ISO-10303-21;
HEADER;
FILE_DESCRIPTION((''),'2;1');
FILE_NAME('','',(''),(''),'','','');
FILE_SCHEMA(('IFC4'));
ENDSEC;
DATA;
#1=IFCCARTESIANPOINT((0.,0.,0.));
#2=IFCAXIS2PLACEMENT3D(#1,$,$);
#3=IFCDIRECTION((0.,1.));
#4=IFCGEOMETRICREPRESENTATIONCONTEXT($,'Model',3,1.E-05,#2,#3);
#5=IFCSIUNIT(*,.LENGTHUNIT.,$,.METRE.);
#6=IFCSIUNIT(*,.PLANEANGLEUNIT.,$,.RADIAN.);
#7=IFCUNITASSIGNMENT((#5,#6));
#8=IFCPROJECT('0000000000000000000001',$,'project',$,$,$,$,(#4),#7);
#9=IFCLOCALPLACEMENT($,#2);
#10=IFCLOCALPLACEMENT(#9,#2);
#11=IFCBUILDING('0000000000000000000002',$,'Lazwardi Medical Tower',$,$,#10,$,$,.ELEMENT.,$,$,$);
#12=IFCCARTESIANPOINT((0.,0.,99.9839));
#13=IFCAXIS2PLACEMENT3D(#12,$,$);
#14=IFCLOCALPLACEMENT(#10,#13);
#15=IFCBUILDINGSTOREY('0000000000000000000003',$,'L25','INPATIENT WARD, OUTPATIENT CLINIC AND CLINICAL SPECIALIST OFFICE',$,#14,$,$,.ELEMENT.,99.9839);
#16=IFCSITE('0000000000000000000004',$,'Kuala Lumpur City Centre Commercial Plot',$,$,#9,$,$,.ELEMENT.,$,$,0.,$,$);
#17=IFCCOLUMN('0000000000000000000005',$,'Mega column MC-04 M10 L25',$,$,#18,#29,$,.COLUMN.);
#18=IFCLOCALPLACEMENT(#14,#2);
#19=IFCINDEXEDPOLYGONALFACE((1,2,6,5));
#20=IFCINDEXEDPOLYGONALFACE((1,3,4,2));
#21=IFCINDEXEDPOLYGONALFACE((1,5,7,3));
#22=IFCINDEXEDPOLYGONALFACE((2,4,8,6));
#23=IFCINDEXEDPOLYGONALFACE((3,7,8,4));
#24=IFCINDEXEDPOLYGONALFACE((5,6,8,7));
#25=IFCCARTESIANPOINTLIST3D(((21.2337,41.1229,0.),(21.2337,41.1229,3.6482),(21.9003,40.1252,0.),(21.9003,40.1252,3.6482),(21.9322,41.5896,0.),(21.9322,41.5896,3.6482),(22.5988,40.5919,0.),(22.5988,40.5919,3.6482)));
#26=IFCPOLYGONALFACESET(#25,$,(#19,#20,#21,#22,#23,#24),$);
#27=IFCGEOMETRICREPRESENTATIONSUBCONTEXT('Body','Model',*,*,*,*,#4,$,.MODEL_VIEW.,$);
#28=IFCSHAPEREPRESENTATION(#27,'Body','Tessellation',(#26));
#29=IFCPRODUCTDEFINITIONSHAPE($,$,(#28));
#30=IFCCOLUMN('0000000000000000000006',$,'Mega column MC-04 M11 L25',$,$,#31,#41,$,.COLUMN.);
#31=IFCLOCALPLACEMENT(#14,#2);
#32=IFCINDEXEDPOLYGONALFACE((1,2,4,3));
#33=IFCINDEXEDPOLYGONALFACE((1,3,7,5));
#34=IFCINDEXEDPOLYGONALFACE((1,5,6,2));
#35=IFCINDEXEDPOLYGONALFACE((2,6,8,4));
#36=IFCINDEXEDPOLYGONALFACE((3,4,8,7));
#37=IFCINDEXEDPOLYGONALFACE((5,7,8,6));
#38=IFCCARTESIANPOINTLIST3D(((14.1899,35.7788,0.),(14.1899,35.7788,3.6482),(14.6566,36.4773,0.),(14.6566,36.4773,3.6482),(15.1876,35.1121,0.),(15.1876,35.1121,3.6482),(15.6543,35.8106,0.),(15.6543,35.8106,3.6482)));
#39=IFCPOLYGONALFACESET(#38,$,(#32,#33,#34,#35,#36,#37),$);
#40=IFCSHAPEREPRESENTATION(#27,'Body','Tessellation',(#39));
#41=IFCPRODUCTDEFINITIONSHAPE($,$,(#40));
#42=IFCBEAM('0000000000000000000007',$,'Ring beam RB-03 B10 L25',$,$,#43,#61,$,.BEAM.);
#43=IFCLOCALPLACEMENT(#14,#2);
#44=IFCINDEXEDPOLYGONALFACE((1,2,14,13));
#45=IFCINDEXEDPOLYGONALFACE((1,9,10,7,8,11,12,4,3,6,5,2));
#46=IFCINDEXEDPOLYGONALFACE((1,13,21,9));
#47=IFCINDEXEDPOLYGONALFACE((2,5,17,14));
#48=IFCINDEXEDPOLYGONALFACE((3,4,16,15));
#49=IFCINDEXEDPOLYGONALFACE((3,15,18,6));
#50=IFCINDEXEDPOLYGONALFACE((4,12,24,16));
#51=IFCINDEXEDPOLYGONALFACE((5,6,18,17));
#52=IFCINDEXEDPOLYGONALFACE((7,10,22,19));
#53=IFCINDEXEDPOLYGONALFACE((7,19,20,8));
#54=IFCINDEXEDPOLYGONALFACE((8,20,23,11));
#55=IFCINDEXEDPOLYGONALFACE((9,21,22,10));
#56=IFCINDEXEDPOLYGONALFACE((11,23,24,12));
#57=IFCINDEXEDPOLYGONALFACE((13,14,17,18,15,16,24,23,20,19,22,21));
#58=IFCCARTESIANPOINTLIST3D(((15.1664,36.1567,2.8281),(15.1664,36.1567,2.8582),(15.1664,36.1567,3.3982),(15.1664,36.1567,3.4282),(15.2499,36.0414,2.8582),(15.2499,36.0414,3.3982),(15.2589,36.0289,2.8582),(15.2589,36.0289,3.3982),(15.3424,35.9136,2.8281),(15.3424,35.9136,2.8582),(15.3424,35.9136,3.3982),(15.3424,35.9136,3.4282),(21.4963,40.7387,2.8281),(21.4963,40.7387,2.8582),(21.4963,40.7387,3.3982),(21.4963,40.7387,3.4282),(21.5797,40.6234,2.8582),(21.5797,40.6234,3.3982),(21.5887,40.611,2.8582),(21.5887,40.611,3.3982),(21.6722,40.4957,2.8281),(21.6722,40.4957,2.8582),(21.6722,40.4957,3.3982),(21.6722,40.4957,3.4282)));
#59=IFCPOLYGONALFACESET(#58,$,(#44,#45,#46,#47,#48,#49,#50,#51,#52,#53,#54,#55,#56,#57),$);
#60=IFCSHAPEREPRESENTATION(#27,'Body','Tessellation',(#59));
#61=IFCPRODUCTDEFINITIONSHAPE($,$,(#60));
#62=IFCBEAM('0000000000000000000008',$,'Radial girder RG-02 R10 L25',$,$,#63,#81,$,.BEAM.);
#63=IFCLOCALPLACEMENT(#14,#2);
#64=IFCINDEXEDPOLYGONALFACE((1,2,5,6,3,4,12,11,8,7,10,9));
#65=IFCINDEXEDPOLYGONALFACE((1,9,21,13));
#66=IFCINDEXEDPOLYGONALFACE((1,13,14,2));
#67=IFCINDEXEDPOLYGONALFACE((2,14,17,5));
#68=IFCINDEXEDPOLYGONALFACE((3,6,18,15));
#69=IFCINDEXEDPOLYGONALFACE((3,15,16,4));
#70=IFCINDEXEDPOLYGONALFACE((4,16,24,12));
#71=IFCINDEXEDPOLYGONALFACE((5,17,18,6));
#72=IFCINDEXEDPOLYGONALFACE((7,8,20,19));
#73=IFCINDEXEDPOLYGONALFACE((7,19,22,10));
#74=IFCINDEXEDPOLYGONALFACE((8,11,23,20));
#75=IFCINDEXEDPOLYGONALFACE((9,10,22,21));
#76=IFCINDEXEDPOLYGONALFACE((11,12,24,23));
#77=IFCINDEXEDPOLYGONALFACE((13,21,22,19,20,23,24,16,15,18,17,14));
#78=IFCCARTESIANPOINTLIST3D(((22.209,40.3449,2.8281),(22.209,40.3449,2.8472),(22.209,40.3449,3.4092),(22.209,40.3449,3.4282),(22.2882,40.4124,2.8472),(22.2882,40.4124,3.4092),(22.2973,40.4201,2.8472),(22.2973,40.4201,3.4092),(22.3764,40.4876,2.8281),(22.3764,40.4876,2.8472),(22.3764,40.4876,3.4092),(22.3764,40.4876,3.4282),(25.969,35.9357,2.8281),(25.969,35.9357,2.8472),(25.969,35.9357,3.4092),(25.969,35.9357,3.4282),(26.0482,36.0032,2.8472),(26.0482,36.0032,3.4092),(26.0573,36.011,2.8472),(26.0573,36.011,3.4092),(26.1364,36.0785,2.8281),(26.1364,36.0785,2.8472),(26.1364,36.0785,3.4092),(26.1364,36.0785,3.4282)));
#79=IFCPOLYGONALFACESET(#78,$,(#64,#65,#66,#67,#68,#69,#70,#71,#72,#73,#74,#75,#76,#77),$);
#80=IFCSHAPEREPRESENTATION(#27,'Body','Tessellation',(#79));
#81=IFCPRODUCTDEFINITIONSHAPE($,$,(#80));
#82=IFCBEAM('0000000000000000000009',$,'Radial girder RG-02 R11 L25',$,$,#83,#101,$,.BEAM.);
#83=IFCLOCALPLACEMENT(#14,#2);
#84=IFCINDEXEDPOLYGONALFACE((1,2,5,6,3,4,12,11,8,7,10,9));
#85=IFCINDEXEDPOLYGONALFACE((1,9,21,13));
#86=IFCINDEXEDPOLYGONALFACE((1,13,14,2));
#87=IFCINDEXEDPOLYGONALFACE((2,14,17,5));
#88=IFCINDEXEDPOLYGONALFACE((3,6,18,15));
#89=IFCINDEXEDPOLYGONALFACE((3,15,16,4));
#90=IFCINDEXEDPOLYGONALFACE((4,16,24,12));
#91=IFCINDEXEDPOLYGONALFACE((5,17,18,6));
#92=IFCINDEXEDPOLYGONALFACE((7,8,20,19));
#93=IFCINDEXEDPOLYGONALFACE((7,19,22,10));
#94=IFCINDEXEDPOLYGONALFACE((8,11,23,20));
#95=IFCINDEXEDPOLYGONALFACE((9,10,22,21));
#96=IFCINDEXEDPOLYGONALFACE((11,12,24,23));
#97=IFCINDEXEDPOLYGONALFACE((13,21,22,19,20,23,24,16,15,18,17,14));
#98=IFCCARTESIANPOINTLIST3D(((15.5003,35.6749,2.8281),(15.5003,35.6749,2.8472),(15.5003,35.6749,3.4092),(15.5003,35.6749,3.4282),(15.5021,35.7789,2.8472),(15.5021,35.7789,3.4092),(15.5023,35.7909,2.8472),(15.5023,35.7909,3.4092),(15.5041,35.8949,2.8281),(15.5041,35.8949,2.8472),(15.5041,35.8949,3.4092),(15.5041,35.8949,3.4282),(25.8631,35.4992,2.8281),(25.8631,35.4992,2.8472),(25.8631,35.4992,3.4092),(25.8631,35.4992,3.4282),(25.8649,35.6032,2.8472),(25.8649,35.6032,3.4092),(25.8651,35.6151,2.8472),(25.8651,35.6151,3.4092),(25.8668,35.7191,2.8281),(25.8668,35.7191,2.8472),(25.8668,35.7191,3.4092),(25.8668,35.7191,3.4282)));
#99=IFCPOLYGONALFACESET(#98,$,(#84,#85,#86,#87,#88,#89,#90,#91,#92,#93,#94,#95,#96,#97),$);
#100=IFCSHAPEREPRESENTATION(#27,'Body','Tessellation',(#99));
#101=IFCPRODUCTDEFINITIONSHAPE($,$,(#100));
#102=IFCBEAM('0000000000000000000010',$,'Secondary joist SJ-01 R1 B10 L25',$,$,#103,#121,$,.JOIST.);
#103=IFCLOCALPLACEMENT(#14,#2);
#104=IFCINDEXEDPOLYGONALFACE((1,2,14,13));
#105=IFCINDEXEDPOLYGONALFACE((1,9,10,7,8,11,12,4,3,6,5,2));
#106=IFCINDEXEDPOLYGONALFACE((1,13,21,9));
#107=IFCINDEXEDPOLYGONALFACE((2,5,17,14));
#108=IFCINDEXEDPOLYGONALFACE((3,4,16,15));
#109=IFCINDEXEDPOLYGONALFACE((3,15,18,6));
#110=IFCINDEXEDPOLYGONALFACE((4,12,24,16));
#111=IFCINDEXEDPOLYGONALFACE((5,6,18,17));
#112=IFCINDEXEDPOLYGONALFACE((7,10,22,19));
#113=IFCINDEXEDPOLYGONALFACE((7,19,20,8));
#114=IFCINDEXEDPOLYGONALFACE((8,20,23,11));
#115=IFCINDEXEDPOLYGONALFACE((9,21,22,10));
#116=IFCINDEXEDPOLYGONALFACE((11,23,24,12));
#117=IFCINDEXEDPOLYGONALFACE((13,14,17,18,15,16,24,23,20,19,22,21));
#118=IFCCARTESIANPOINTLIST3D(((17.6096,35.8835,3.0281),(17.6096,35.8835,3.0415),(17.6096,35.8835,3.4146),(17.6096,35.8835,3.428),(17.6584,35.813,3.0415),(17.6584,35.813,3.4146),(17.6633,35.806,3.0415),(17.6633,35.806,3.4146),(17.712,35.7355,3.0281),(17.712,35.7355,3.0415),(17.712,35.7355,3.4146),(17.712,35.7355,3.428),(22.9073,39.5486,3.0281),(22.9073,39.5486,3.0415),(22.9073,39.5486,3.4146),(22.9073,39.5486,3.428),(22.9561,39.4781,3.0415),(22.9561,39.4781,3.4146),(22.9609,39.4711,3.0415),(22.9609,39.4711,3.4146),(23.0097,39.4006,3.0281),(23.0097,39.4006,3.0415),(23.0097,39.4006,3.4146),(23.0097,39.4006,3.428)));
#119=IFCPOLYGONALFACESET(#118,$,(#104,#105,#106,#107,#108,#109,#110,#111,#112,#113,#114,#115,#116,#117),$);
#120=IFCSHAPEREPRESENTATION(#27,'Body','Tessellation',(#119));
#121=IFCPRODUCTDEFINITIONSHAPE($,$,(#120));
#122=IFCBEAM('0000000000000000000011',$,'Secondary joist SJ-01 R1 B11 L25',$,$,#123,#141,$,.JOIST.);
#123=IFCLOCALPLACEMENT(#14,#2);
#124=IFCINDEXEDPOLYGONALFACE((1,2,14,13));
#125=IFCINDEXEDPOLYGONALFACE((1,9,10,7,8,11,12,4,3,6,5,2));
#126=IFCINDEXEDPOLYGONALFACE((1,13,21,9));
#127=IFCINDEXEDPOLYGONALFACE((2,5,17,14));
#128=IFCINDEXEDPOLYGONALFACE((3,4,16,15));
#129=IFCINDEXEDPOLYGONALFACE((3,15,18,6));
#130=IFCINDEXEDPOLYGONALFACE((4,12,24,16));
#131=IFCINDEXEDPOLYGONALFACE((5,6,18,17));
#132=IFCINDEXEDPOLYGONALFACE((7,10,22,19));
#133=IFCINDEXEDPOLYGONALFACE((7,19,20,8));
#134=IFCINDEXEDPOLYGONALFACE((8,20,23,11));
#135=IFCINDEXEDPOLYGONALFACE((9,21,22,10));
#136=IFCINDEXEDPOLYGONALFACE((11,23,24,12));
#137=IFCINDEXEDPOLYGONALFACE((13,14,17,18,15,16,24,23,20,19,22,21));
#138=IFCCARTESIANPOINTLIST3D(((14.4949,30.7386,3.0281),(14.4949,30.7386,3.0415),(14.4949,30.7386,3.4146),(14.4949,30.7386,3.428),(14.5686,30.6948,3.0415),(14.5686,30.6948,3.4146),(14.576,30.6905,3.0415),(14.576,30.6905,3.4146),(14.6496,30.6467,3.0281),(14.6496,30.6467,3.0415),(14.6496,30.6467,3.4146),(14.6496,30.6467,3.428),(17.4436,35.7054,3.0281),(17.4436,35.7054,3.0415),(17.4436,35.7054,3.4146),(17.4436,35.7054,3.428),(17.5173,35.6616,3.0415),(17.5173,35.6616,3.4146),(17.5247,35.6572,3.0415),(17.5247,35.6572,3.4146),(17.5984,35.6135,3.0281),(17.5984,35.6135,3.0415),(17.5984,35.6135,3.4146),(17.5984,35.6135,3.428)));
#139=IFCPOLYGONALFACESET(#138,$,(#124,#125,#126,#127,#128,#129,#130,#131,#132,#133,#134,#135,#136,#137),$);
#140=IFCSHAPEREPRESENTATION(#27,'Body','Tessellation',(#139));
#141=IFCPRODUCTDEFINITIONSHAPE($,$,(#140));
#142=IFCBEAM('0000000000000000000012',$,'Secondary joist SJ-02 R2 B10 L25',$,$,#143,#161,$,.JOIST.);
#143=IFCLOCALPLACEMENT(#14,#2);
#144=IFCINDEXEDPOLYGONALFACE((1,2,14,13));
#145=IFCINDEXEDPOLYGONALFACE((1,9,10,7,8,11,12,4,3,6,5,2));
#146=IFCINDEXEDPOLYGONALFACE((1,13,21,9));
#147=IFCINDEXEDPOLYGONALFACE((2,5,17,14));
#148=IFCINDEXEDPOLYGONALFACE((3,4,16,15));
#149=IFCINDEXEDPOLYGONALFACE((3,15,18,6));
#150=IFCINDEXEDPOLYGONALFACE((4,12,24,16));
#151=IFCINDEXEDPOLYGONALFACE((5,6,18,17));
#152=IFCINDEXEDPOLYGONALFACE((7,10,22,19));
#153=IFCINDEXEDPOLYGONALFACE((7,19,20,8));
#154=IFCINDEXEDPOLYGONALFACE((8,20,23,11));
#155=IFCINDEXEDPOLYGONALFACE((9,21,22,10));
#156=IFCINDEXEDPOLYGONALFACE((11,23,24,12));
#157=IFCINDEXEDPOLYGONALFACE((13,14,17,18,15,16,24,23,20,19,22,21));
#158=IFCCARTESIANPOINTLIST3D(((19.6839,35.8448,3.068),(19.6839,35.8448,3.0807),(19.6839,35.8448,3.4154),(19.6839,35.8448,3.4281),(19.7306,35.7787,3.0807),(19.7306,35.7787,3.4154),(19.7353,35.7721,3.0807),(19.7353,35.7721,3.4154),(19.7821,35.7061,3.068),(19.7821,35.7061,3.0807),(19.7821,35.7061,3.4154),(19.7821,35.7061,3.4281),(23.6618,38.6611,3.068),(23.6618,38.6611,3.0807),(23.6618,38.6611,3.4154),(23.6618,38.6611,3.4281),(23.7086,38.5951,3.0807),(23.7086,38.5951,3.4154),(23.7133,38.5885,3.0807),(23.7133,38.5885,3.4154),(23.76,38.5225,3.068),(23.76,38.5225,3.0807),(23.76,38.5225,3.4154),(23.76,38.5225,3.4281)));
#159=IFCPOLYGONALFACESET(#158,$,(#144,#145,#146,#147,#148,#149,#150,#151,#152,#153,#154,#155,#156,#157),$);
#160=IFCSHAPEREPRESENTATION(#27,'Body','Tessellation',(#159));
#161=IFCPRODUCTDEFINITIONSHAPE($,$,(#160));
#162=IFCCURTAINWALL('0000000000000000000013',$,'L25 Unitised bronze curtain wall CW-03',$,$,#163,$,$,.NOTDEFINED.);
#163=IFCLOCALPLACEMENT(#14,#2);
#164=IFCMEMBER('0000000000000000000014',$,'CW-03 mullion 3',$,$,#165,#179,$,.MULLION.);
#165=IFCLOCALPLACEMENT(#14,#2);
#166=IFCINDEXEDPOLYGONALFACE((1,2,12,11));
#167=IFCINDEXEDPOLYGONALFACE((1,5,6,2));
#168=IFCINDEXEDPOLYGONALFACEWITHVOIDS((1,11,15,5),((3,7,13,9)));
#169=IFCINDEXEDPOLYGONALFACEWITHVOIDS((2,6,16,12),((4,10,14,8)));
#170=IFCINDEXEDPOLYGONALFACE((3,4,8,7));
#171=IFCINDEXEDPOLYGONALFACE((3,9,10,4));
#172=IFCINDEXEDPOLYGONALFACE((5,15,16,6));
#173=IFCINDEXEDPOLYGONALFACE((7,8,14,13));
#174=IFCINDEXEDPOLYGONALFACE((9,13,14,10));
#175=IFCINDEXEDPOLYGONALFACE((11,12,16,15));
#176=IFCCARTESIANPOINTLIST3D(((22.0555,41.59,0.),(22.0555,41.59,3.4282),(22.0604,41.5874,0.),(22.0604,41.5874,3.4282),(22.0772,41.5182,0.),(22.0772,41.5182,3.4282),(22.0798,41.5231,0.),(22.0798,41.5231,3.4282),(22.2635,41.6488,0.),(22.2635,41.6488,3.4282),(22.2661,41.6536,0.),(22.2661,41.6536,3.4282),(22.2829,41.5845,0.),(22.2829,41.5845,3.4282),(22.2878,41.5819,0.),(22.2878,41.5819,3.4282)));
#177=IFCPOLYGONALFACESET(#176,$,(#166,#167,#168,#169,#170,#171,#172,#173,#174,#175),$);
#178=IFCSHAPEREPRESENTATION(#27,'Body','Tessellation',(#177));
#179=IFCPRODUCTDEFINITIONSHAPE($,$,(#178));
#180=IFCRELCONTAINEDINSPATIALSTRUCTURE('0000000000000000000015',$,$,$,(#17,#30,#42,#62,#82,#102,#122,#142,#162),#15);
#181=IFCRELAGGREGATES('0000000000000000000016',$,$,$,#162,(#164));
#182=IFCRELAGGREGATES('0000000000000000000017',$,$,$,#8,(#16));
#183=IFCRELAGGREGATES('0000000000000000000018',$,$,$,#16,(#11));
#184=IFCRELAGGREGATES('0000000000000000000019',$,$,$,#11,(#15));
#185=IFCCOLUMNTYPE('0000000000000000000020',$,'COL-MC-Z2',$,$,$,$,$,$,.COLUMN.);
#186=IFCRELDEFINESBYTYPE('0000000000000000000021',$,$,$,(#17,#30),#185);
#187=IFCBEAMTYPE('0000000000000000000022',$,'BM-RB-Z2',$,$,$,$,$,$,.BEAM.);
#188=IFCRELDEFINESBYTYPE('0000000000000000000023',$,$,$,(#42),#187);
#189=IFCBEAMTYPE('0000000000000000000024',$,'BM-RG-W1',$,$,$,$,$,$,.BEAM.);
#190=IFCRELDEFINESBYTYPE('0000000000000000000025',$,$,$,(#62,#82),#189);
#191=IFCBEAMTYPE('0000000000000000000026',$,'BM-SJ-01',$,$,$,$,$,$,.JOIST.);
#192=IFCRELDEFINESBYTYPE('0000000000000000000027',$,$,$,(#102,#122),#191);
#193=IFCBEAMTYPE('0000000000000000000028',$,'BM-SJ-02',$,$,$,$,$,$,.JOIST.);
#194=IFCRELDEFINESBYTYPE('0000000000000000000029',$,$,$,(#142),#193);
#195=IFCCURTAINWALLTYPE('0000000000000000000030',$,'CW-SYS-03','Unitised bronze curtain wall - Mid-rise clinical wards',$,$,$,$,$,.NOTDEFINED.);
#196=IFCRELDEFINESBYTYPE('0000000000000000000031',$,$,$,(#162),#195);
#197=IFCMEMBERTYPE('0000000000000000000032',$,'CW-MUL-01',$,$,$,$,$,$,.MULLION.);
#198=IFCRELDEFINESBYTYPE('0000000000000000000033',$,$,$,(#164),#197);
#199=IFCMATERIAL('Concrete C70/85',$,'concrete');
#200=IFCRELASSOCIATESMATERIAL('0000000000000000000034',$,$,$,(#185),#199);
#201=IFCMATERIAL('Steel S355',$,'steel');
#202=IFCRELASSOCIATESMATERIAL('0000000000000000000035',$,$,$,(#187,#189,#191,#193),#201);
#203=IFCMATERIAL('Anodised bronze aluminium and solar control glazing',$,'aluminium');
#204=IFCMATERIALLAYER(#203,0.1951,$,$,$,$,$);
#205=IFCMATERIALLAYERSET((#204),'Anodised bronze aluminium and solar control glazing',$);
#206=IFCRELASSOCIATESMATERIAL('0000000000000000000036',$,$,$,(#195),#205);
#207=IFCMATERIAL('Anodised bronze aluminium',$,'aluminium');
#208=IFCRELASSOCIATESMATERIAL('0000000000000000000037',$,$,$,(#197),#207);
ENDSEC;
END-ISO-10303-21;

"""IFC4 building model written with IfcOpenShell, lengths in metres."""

from ifc_helpers import new_model, si_unit, direction, frame, origin, origin_2d, place, context, subcontext, project, spatial, rectangle, hollow_rectangle, i_section, extrude, material, layer, layer_set, material_profile, profile_set, type_object, element, aggregate, save


model = new_model("IFC4")

# Units and contexts
model_context = context("Model", 3, precision=1e-05, world=origin(), true_north=direction((0.0, 1.0)))
body_context = subcontext(model_context, "Body", "Model", "MODEL_VIEW")
ifc_project = project(units=[si_unit("LENGTHUNIT", "METRE"), si_unit("PLANEANGLEUNIT", "RADIAN")], contexts=[model_context])

# Site, building, storey
site_placement = place(None, origin())
site = spatial("IfcSite", under=ifc_project, at=site_placement, Name="Kuala Lumpur City Centre Commercial Plot", CompositionType="ELEMENT", RefElevation=0.0)
building_placement = place(site_placement, origin())
building = spatial("IfcBuilding", under=site, at=building_placement, Name="Lazwardi Medical Tower", CompositionType="ELEMENT")
storey_placement = place(building_placement, frame((0.0, 0.0, 99.9839)))
storey = spatial("IfcBuildingStorey", under=building, at=storey_placement, Name="L25", Description="INPATIENT WARD, OUTPATIENT CLINIC AND CLINICAL SPECIALIST OFFICE", CompositionType="ELEMENT", Elevation=99.9839)

# Columns
ifc_material_1 = material(Name="Concrete C70/85", Category="concrete")
ifc_material_profile_1 = material_profile(ifc_material_1, rectangle(XDim=1.2, YDim=0.8401, at=origin_2d()), Name="CFT-RECT 1200x840")
ifc_profile_set_1 = profile_set([ifc_material_profile_1], Name="Concrete C70/85")
column_type = type_object("IfcColumnType", Name="COL-MC-Z2", PredefinedType="COLUMN", material=ifc_profile_set_1)
for number, where, z_axis, x_axis, name in (
    (1, (21.9163, 40.8574, 0.0), (0.0, 0.0, 1.0), (-0.55557, 0.83147, 0.0), "Mega column MC-04 M10 L25"),
    (2, (14.9221, 35.7947, 0.0), (0.0, 0.0, 1.0), (-0.83147, 0.55557, 0.0), "Mega column MC-04 M11 L25"),
):
    element("IfcColumn", number, at=place(storey_placement, frame(where, z_axis=z_axis, x_axis=x_axis)), inside=storey, type_object=column_type, Name=name, PredefinedType="COLUMN", context=body_context, shape_type="SweptSolid", body=[
        extrude(rectangle(XDim=1.2, YDim=0.8401, at=origin_2d()), origin(), (0.0, 0.0, 1.0), 3.6482),
    ])

# Beams
ifc_material_2 = material(Name="Steel S355", Category="steel")
ifc_material_profile_2 = material_profile(ifc_material_2, i_section(OverallWidth=0.3, OverallDepth=0.6001, WebThickness=0.0154, FlangeThickness=0.03, at=origin_2d()), Name="HEB 600")
ifc_profile_set_2 = profile_set([ifc_material_profile_2], Name="Steel S355")
beam_type_1 = type_object("IfcBeamType", Name="BM-RB-Z2", PredefinedType="BEAM", material=ifc_profile_set_2)
beam_1_placement = place(storey_placement, frame((21.5842, 40.6172, 3.1282), z_axis=(-0.810042, -0.586372, 0.0), x_axis=(0.586372, -0.810042, 0.0)))
element("IfcBeam", 3, at=beam_1_placement, inside=storey, type_object=beam_type_1, Name="Ring beam RB-03 B10 L25", PredefinedType="BEAM", context=body_context, shape_type="SweptSolid", body=[
    extrude(i_section(OverallWidth=0.3, OverallDepth=0.6001, WebThickness=0.0154, FlangeThickness=0.03, at=origin_2d()), origin(), (0.0, 0.0, 1.0), 7.8142),
])
ifc_material_profile_3 = material_profile(ifc_material_2, i_section(OverallWidth=0.22, OverallDepth=0.6001, WebThickness=0.012, FlangeThickness=0.019, at=origin_2d()), Name="IPE 600")
ifc_profile_set_3 = profile_set([ifc_material_profile_3], Name="Steel S355")
beam_type_2 = type_object("IfcBeamType", Name="BM-RG-W1", PredefinedType="BEAM", material=ifc_profile_set_3)
beam_2_placement = place(storey_placement, frame((22.2927, 40.4163, 3.1282), z_axis=(0.648871, -0.760899, 0.0), x_axis=(0.760899, 0.648871, 0.0)))
element("IfcBeam", 4, at=beam_2_placement, inside=storey, type_object=beam_type_2, Name="Radial girder RG-02 R10 L25", PredefinedType="BEAM", context=body_context, shape_type="SweptSolid", body=[
    extrude(i_section(OverallWidth=0.22, OverallDepth=0.6001, WebThickness=0.012, FlangeThickness=0.019, at=origin_2d()), origin(), (0.0, 0.0, 1.0), 5.7947),
])
beam_3_placement = place(storey_placement, frame((15.5022, 35.7849, 3.1282), z_axis=(0.999856, -0.01696, 0.0), x_axis=(0.01696, 0.999856, 0.0)))
element("IfcBeam", 5, at=beam_3_placement, inside=storey, type_object=beam_type_2, Name="Radial girder RG-02 R11 L25", PredefinedType="BEAM", context=body_context, shape_type="SweptSolid", body=[
    extrude(i_section(OverallWidth=0.22, OverallDepth=0.6001, WebThickness=0.012, FlangeThickness=0.019, at=origin_2d()), origin(), (0.0, 0.0, 1.0), 10.3643),
])
ifc_material_profile_4 = material_profile(ifc_material_2, i_section(OverallWidth=0.1799, OverallDepth=0.3999, WebThickness=0.0085, FlangeThickness=0.0134, at=origin_2d()), Name="IPE 400")
ifc_profile_set_4 = profile_set([ifc_material_profile_4], Name="Steel S355")
beam_type_3 = type_object("IfcBeamType", Name="BM-SJ-01", PredefinedType="JOIST", material=ifc_profile_set_4)
beam_4_placement = place(storey_placement, frame((22.9585, 39.4746, 3.228), z_axis=(-0.822376, -0.568944, 0.0), x_axis=(0.568944, -0.822376, 0.0)))
element("IfcBeam", 6, at=beam_4_placement, inside=storey, type_object=beam_type_3, Name="Secondary joist SJ-01 R1 B10 L25", PredefinedType="JOIST", context=body_context, shape_type="SweptSolid", body=[
    extrude(i_section(OverallWidth=0.1799, OverallDepth=0.3999, WebThickness=0.0085, FlangeThickness=0.0134, at=origin_2d()), origin(), (0.0, 0.0, 1.0), 6.4419),
])
beam_5_placement = place(storey_placement, frame((17.521, 35.6594, 3.228), z_axis=(-0.5105, -0.859878, 0.0), x_axis=(0.859878, -0.5105, 0.0)))
element("IfcBeam", 7, at=beam_5_placement, inside=storey, type_object=beam_type_3, Name="Secondary joist SJ-01 R1 B11 L25", PredefinedType="JOIST", context=body_context, shape_type="SweptSolid", body=[
    extrude(i_section(OverallWidth=0.1799, OverallDepth=0.3999, WebThickness=0.0085, FlangeThickness=0.0134, at=origin_2d()), origin(), (0.0, 0.0, 1.0), 5.7761),
])
ifc_material_profile_5 = material_profile(ifc_material_2, i_section(OverallWidth=0.1699, OverallDepth=0.3601, WebThickness=0.0081, FlangeThickness=0.0127, at=origin_2d()), Name="IPE 360")
ifc_profile_set_5 = profile_set([ifc_material_profile_5], Name="Steel S355")
beam_type_4 = type_object("IfcBeamType", Name="BM-SJ-02", PredefinedType="JOIST", material=ifc_profile_set_5)
beam_6_placement = place(storey_placement, frame((23.7109, 38.5918, 3.248), z_axis=(-0.816156, -0.577831, 0.0), x_axis=(0.577831, -0.816156, 0.0)))
element("IfcBeam", 8, at=beam_6_placement, inside=storey, type_object=beam_type_4, Name="Secondary joist SJ-02 R2 B10 L25", PredefinedType="JOIST", context=body_context, shape_type="SweptSolid", body=[
    extrude(i_section(OverallWidth=0.1699, OverallDepth=0.3601, WebThickness=0.0081, FlangeThickness=0.0127, at=origin_2d()), origin(), (0.0, 0.0, 1.0), 4.874),
])

# Curtain wall, member
ifc_material_3 = material(Name="Anodised bronze aluminium and solar control glazing", Category="aluminium")
ifc_layer_1 = layer(ifc_material_3, 0.1951)
ifc_layer_set_1 = layer_set([ifc_layer_1], Name="Anodised bronze aluminium and solar control glazing")
curtain_wall_type = type_object("IfcCurtainWallType", Name="CW-SYS-03", Description="Unitised bronze curtain wall - Mid-rise clinical wards", PredefinedType="NOTDEFINED", material=ifc_layer_set_1)
curtain_wall_1_placement = place(storey_placement, origin())
curtain_wall_1 = element("IfcCurtainWall", 9, at=curtain_wall_1_placement, inside=storey, type_object=curtain_wall_type, Name="L25 Unitised bronze curtain wall CW-03", PredefinedType="NOTDEFINED")
ifc_material_4 = material(Name="Anodised bronze aluminium", Category="aluminium")
ifc_material_profile_6 = material_profile(ifc_material_4, hollow_rectangle(XDim=0.075, YDim=0.22, WallThickness=0.0039, at=origin_2d()), Name="ALU-MULLION 220x75x4")
ifc_profile_set_6 = profile_set([ifc_material_profile_6], Name="Anodised bronze aluminium")
member_type_1 = type_object("IfcMemberType", Name="CW-MUL-01", PredefinedType="MULLION", material=ifc_profile_set_6)
member_1_placement = place(storey_placement, frame((22.1716, 41.5859, 0.0), z_axis=(0.0, 0.0, 1.0), x_axis=(0.289374, -0.957216, 0.0)))
member_1 = element("IfcMember", 10, at=member_1_placement, type_object=member_type_1, Name="CW-03 mullion 3", PredefinedType="MULLION", context=body_context, shape_type="SweptSolid", body=[
    extrude(hollow_rectangle(XDim=0.075, YDim=0.22, WallThickness=0.0039, at=origin_2d()), origin(), (0.0, 0.0, 1.0), 3.4282),
])

aggregate(curtain_wall_1, [member_1])

save(model, "model.ifc")
